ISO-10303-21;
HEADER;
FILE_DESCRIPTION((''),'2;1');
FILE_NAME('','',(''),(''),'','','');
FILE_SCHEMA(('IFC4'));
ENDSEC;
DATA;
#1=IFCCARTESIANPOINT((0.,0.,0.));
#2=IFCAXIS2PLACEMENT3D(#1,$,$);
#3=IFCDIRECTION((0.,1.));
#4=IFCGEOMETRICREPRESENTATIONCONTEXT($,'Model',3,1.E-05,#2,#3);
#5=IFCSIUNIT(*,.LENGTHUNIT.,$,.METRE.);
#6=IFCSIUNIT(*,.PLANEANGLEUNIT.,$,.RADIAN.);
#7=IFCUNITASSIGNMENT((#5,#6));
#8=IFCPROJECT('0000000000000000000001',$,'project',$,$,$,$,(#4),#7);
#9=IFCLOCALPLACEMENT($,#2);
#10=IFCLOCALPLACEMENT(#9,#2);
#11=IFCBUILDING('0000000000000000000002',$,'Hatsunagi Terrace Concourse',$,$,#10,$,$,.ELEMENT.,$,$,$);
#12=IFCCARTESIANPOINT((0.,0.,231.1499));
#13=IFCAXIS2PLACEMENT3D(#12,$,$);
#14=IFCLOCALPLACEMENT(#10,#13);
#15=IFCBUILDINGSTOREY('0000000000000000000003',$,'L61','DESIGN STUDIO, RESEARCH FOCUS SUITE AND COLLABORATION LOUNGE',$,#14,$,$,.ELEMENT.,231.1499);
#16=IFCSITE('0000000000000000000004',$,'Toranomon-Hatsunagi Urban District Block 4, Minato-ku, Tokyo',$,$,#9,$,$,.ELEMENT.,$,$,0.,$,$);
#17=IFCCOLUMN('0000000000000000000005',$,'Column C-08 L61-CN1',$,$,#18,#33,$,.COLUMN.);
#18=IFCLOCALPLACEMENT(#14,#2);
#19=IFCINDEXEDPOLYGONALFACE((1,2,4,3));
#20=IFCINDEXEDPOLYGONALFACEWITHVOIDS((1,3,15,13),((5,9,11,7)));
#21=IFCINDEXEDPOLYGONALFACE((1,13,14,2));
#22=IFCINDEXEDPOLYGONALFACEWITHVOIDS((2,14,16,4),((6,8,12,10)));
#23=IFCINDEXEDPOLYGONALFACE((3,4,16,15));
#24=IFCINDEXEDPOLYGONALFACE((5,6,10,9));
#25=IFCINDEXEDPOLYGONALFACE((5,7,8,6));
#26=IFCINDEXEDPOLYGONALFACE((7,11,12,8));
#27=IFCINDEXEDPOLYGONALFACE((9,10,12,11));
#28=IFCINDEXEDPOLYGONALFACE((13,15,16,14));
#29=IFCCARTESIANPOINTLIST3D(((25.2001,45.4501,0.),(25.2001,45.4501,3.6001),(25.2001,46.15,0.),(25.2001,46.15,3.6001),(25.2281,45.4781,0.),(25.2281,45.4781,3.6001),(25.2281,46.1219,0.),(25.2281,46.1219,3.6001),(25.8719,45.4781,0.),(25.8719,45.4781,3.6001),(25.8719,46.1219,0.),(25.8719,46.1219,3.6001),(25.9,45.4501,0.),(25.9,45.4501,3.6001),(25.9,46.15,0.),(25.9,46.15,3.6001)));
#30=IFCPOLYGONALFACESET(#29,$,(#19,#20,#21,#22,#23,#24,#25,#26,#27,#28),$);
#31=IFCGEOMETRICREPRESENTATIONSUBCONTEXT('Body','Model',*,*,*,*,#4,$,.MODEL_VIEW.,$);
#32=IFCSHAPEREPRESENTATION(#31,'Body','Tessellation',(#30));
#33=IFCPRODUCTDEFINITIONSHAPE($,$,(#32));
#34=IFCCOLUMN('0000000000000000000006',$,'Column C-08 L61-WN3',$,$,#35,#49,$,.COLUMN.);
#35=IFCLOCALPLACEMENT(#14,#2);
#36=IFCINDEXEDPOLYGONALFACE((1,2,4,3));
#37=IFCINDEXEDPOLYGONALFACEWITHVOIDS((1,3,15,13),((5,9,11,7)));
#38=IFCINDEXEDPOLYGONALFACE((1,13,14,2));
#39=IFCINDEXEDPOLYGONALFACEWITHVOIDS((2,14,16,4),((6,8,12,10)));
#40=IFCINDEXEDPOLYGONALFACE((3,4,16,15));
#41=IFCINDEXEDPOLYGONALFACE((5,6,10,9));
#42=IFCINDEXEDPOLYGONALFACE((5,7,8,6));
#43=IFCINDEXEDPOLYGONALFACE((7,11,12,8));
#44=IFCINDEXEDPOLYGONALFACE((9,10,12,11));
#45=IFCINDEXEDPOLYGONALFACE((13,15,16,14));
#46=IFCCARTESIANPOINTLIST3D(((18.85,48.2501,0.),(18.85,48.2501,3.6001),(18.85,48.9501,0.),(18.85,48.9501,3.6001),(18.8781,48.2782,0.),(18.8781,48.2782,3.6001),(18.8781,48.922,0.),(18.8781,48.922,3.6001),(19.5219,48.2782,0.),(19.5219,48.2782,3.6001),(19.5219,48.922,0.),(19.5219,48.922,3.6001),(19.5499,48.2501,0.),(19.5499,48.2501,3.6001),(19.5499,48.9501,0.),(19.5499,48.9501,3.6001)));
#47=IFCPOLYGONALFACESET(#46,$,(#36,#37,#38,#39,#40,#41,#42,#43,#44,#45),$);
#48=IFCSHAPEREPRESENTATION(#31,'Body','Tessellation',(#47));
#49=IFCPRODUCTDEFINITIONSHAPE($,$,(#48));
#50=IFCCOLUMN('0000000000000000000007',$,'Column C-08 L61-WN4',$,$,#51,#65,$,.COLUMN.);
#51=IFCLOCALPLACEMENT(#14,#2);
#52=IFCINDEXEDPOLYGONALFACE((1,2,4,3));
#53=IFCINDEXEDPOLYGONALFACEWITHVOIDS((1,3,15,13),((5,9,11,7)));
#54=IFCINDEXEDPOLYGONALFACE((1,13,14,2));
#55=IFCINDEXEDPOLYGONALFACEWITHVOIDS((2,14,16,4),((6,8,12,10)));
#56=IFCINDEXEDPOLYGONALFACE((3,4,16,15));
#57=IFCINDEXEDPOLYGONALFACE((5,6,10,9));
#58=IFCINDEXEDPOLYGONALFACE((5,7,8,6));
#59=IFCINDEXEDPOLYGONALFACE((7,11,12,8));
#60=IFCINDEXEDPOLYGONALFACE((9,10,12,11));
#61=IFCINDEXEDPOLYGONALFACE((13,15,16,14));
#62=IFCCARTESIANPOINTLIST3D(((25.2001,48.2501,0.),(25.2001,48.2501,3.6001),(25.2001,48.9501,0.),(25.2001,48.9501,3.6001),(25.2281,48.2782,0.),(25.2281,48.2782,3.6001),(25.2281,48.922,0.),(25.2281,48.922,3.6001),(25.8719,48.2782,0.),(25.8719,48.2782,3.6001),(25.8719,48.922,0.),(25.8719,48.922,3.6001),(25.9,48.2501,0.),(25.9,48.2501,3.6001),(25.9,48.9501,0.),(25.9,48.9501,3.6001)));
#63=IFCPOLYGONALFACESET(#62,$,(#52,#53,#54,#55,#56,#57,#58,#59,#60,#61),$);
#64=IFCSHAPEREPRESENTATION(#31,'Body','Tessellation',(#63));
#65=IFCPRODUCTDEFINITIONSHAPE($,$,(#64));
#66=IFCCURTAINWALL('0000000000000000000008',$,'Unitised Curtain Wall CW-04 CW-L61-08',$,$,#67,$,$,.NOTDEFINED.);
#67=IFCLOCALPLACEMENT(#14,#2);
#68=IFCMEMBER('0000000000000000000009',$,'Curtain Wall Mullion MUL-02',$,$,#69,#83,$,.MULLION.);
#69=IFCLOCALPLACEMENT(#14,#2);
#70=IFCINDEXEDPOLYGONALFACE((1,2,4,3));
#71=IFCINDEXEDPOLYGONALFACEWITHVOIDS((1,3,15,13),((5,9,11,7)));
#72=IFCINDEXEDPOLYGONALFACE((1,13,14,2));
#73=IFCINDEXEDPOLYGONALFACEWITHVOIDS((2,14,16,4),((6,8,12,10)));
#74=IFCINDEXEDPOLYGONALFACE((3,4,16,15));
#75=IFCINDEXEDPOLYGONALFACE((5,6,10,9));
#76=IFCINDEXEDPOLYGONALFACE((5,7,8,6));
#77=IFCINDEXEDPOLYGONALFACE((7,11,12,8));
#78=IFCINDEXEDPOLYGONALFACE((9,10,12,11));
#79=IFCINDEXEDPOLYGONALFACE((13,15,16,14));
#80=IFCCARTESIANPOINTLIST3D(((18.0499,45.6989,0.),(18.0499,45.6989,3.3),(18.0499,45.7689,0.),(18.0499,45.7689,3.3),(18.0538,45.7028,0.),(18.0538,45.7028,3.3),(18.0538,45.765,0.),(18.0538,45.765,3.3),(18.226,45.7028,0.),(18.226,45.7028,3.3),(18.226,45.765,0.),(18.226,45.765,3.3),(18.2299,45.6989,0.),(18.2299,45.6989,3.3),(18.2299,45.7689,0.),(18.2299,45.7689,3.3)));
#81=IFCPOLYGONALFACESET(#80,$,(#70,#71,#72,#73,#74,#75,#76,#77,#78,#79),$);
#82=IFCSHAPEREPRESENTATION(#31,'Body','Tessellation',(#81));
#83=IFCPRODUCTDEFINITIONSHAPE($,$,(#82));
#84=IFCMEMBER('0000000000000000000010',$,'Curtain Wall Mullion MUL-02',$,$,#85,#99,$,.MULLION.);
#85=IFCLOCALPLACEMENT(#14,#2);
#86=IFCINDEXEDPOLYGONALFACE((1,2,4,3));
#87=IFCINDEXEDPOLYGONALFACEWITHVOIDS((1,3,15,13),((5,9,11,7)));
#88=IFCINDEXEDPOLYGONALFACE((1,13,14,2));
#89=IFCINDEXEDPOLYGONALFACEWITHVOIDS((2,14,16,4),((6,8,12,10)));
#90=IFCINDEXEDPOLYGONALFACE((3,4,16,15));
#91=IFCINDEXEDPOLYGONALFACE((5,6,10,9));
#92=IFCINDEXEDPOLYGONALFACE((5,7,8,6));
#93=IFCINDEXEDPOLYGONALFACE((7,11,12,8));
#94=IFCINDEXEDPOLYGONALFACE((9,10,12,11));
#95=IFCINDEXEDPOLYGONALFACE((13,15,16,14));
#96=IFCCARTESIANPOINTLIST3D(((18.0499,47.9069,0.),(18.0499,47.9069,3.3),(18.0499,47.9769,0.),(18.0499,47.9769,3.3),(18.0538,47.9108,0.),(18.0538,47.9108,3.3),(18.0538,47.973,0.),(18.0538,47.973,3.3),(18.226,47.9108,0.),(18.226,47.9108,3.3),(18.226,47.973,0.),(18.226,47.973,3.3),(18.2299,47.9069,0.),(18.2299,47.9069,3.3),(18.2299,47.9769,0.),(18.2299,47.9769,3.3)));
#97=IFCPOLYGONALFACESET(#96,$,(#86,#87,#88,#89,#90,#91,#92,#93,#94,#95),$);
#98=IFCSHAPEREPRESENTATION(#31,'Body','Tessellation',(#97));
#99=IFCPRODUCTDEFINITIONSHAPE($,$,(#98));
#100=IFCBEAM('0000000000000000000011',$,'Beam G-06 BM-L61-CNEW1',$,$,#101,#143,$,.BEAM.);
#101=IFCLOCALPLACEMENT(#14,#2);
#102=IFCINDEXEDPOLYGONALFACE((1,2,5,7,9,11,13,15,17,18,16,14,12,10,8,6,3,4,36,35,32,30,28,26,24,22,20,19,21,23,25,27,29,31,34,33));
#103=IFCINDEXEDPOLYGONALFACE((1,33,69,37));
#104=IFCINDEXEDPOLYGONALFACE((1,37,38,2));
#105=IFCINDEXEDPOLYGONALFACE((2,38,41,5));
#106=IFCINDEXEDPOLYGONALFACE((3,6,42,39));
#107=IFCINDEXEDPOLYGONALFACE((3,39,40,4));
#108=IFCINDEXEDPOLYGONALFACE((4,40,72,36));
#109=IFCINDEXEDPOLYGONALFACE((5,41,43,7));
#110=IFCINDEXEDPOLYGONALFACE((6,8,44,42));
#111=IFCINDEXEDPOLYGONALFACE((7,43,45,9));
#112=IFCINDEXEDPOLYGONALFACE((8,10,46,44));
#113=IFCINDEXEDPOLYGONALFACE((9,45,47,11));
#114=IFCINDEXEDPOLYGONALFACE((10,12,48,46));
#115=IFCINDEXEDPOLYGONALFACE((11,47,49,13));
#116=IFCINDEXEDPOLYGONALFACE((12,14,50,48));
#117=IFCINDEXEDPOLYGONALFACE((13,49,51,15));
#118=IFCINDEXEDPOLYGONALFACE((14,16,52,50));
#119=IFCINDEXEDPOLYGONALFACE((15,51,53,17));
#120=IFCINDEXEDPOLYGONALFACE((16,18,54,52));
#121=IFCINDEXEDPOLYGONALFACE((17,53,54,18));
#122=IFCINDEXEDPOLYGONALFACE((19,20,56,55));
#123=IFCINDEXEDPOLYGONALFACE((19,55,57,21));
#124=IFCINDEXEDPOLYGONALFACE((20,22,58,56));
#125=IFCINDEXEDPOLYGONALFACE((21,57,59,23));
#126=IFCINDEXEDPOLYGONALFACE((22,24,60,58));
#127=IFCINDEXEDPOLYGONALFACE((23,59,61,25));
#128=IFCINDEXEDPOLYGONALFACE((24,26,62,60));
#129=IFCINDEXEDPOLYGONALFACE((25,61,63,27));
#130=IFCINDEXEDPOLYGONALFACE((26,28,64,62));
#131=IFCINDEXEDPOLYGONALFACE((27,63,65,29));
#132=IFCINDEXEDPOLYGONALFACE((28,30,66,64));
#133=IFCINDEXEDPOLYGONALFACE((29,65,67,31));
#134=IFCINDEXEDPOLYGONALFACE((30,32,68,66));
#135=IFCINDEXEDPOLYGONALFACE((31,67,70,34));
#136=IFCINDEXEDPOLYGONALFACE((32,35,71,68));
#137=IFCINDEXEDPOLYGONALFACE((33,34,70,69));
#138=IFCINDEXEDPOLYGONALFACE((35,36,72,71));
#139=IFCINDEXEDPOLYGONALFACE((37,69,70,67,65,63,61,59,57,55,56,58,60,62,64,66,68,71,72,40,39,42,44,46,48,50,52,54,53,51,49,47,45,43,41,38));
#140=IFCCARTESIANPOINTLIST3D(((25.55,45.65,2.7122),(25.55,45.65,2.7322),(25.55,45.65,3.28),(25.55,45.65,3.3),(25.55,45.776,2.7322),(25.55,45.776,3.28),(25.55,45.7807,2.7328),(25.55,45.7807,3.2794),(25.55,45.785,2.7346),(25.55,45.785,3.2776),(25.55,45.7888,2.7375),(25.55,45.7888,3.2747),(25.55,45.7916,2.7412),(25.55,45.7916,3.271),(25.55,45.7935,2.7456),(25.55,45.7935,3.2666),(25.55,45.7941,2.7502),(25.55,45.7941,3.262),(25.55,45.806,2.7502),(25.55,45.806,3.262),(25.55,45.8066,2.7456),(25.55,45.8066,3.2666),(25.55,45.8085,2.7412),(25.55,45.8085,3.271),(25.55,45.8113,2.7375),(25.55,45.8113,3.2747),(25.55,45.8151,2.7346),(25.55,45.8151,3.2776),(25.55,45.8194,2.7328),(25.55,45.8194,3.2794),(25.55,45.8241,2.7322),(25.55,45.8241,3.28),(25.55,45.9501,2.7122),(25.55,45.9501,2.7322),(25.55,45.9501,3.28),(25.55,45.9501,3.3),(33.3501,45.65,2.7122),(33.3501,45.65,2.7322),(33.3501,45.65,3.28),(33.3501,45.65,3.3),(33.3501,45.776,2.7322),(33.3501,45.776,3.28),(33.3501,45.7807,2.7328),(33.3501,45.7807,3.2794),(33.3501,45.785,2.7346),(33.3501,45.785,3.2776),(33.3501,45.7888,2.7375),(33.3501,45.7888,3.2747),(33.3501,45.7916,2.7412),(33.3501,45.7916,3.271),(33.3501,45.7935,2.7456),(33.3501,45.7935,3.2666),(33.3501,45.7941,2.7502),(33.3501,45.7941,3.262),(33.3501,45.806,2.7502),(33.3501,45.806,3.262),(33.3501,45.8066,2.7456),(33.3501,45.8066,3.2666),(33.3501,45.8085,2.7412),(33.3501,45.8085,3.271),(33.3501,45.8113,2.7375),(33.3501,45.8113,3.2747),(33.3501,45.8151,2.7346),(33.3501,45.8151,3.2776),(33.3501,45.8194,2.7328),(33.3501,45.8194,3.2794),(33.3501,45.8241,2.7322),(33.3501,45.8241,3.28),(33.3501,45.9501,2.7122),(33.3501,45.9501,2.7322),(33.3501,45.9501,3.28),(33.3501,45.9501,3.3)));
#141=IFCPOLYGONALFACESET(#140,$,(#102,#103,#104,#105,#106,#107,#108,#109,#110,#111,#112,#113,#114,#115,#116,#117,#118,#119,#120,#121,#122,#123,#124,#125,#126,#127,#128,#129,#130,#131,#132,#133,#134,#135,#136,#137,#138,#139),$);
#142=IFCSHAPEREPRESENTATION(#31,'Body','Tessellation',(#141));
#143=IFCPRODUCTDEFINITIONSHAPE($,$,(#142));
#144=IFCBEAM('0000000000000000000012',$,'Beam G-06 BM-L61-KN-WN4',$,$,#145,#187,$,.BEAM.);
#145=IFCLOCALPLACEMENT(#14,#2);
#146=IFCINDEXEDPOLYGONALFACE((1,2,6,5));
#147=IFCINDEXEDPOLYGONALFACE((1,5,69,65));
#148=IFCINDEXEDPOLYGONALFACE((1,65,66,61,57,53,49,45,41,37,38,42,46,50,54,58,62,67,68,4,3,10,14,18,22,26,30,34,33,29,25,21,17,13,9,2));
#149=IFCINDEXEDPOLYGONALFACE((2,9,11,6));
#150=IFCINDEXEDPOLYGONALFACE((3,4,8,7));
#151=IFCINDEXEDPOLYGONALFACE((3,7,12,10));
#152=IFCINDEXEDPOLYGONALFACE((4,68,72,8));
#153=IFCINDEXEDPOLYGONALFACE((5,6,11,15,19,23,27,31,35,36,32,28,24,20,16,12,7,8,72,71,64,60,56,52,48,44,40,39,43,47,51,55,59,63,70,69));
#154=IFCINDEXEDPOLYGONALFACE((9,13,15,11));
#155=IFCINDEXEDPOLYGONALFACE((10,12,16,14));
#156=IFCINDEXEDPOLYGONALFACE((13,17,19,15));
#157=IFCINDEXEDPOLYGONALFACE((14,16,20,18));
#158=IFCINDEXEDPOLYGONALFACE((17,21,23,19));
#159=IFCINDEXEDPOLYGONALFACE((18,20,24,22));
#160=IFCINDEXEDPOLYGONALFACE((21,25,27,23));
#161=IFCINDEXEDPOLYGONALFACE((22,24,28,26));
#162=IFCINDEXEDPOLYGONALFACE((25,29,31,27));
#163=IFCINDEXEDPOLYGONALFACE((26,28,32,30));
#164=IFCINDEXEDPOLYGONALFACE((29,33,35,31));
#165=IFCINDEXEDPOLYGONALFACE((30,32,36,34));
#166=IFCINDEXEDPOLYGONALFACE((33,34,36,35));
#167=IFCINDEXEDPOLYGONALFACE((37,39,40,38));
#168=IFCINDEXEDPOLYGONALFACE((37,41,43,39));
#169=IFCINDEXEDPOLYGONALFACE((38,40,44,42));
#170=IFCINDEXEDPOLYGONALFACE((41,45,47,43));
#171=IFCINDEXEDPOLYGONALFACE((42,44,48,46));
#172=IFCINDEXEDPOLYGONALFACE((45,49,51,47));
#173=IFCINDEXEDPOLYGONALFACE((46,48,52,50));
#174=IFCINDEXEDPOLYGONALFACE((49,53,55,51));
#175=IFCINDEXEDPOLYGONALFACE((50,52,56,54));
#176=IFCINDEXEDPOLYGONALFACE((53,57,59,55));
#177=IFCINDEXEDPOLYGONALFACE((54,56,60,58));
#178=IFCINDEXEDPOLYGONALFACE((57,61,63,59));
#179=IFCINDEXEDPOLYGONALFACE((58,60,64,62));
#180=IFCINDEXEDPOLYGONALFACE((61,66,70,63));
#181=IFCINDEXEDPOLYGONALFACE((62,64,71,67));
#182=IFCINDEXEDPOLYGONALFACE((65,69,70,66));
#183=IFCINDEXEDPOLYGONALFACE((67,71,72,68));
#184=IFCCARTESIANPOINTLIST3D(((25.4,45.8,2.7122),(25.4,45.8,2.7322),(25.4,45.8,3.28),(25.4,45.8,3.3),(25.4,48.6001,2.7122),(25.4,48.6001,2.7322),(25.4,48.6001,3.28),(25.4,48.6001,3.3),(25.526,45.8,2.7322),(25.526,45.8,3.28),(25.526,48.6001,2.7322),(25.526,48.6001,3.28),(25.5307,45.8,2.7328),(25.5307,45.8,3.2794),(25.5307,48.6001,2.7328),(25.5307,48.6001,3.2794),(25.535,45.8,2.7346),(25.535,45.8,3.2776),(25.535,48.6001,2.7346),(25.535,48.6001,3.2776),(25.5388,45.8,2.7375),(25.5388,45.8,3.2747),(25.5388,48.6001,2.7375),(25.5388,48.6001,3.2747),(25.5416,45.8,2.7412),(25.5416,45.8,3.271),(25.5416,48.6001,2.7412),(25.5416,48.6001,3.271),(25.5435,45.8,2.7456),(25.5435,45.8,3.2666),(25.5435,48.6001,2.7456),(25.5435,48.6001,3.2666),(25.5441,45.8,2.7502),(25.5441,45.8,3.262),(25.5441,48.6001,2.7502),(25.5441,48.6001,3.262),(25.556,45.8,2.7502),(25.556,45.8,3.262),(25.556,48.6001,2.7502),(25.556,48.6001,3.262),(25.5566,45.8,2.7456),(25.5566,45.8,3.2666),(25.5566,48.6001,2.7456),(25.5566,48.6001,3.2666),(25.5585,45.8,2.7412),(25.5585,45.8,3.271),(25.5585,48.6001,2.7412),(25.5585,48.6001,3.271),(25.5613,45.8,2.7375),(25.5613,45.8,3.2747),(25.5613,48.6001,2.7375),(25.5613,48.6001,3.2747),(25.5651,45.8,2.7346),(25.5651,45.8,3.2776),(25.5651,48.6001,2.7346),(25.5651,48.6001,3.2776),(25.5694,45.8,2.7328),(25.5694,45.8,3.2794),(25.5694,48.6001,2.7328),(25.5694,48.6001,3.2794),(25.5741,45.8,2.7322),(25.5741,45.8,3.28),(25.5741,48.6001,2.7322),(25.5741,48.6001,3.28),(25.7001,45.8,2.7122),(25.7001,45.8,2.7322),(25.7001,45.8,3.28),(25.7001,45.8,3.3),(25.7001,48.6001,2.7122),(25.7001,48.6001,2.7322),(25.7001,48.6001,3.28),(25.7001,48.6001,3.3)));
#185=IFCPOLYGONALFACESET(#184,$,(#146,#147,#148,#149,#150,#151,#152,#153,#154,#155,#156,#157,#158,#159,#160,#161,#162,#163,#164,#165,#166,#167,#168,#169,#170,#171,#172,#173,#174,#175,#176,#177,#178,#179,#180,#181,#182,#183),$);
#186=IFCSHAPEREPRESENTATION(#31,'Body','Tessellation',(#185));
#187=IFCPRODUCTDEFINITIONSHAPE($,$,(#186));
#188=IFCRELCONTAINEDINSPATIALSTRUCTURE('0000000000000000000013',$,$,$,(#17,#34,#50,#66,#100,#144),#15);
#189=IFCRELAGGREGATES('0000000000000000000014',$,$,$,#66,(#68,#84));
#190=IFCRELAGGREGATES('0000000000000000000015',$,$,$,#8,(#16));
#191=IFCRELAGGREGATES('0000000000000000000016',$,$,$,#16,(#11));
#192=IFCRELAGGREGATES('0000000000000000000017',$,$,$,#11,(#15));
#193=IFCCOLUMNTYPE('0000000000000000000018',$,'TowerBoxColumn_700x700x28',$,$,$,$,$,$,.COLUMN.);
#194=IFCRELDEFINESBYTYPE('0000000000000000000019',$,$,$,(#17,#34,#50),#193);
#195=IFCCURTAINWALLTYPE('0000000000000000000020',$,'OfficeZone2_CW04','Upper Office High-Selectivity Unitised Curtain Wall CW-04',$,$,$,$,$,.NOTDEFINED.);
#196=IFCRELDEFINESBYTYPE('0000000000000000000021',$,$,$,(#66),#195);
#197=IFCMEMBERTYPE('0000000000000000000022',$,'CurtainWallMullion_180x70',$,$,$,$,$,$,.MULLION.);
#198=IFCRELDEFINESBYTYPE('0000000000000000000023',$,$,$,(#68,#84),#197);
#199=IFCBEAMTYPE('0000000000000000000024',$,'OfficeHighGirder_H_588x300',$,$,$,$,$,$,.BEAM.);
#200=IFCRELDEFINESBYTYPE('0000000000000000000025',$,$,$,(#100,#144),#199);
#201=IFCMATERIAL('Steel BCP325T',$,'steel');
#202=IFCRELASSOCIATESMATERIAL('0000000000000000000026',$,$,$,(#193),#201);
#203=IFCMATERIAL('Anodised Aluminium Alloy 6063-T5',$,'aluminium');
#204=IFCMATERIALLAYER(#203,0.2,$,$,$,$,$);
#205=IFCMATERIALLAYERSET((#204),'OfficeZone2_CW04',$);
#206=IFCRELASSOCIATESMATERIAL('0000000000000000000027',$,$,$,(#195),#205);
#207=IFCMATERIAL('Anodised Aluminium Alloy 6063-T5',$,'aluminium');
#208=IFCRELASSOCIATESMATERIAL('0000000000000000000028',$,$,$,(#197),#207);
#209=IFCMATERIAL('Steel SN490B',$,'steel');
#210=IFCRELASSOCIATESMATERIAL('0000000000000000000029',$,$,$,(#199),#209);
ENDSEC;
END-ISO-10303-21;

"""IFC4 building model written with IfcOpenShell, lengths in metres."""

from ifc_helpers import new_model, si_unit, direction, frame, origin, origin_2d, place, context, subcontext, project, spatial, hollow_rectangle, i_section, extrude, material, layer, layer_set, material_profile, profile_set, type_object, element, aggregate, save


model = new_model("IFC4")

# Units and contexts
model_context = context("Model", 3, precision=1e-05, world=origin(), true_north=direction((0.0, 1.0)))
body_context = subcontext(model_context, "Body", "Model", "MODEL_VIEW")
ifc_project = project(units=[si_unit("LENGTHUNIT", "METRE"), si_unit("PLANEANGLEUNIT", "RADIAN")], contexts=[model_context])

# Site, building, storey
site_placement = place(None, origin())
site = spatial("IfcSite", under=ifc_project, at=site_placement, Name="Toranomon-Hatsunagi Urban District Block 4, Minato-ku, Tokyo", CompositionType="ELEMENT", RefElevation=0.0)
building_placement = place(site_placement, origin())
building = spatial("IfcBuilding", under=site, at=building_placement, Name="Hatsunagi Terrace Concourse", CompositionType="ELEMENT")
storey_placement = place(building_placement, frame((0.0, 0.0, 231.1499)))
storey = spatial("IfcBuildingStorey", under=building, at=storey_placement, Name="L61", Description="DESIGN STUDIO, RESEARCH FOCUS SUITE AND COLLABORATION LOUNGE", CompositionType="ELEMENT", Elevation=231.1499)

# Columns
ifc_material_1 = material(Name="Steel BCP325T", Category="steel")
ifc_material_profile_1 = material_profile(ifc_material_1, hollow_rectangle(XDim=0.7, YDim=0.7, WallThickness=0.0281, at=origin_2d()), Name="BCP-700x700x28")
ifc_profile_set_1 = profile_set([ifc_material_profile_1], Name="Steel BCP325T")
column_type = type_object("IfcColumnType", Name="TowerBoxColumn_700x700x28", PredefinedType="COLUMN", material=ifc_profile_set_1)
for number, where, z_axis, x_axis, name in (
    (1, (25.55, 45.8, 0.0), (0.0, 0.0, 1.0), (1.0, 0.0, 0.0), "Column C-08 L61-CN1"),
    (2, (19.2, 48.6001, 0.0), (0.0, 0.0, 1.0), (1.0, 0.0, 0.0), "Column C-08 L61-WN3"),
    (3, (25.55, 48.6001, 0.0), (0.0, 0.0, 1.0), (1.0, 0.0, 0.0), "Column C-08 L61-WN4"),
):
    element("IfcColumn", number, at=place(storey_placement, frame(where, z_axis=z_axis, x_axis=x_axis)), inside=storey, type_object=column_type, Name=name, PredefinedType="COLUMN", context=body_context, shape_type="SweptSolid", body=[
        extrude(hollow_rectangle(XDim=0.7, YDim=0.7, WallThickness=0.0281, at=origin_2d()), origin(), (0.0, 0.0, 1.0), 3.6001),
    ])

# Curtain wall, members
ifc_material_2 = material(Name="Anodised Aluminium Alloy 6063-T5", Category="aluminium")
ifc_layer_1 = layer(ifc_material_2, 0.2)
ifc_layer_set_1 = layer_set([ifc_layer_1], Name="OfficeZone2_CW04")
curtain_wall_type = type_object("IfcCurtainWallType", Name="OfficeZone2_CW04", Description="Upper Office High-Selectivity Unitised Curtain Wall CW-04", PredefinedType="NOTDEFINED", material=ifc_layer_set_1)
curtain_wall_placement = place(storey_placement, origin())
curtain_wall = element("IfcCurtainWall", 4, at=curtain_wall_placement, inside=storey, type_object=curtain_wall_type, Name="Unitised Curtain Wall CW-04 CW-L61-08", PredefinedType="NOTDEFINED")
ifc_material_3 = material(Name="Anodised Aluminium Alloy 6063-T5", Category="aluminium")
ifc_material_profile_2 = material_profile(ifc_material_3, hollow_rectangle(XDim=0.0701, YDim=0.1799, WallThickness=0.0039, at=origin_2d()), Name="ALU-MUL-180x70x4")
ifc_profile_set_2 = profile_set([ifc_material_profile_2], Name="Anodised Aluminium Alloy 6063-T5")
member_type = type_object("IfcMemberType", Name="CurtainWallMullion_180x70", PredefinedType="MULLION", material=ifc_profile_set_2)
member_1_placement = place(storey_placement, frame((18.1399, 45.7339, 0.0), z_axis=(0.0, 0.0, 1.0), x_axis=(0.0, 1.0, 0.0)))
member_1 = element("IfcMember", 5, at=member_1_placement, type_object=member_type, Name="Curtain Wall Mullion MUL-02", PredefinedType="MULLION", context=body_context, shape_type="SweptSolid", body=[
    extrude(hollow_rectangle(XDim=0.0701, YDim=0.1799, WallThickness=0.0039, at=origin_2d()), origin(), (0.0, 0.0, 1.0), 3.3),
])
member_2_placement = place(storey_placement, frame((18.1399, 47.9419, 0.0), z_axis=(0.0, 0.0, 1.0), x_axis=(0.0, 1.0, 0.0)))
member_2 = element("IfcMember", 6, at=member_2_placement, type_object=member_type, Name="Curtain Wall Mullion MUL-02", PredefinedType="MULLION", context=body_context, shape_type="SweptSolid", body=[
    extrude(hollow_rectangle(XDim=0.0701, YDim=0.1799, WallThickness=0.0039, at=origin_2d()), origin(), (0.0, 0.0, 1.0), 3.3),
])

# Beams
ifc_material_4 = material(Name="Steel SN490B", Category="steel")
ifc_material_profile_3 = material_profile(ifc_material_4, i_section(OverallWidth=0.3, OverallDepth=0.5879, WebThickness=0.012, FlangeThickness=0.02, FilletRadius=0.0181, at=origin_2d()), Name="H-588x300x12x20")
ifc_profile_set_3 = profile_set([ifc_material_profile_3], Name="Steel SN490B")
beam_type_1 = type_object("IfcBeamType", Name="OfficeHighGirder_H_588x300", PredefinedType="BEAM", material=ifc_profile_set_3)
beam_1_placement = place(storey_placement, frame((25.55, 45.8, 3.0061), z_axis=(1.0, 0.0, 0.0), x_axis=(0.0, 1.0, 0.0)))
element("IfcBeam", 7, at=beam_1_placement, inside=storey, type_object=beam_type_1, Name="Beam G-06 BM-L61-CNEW1", PredefinedType="BEAM", context=body_context, shape_type="SweptSolid", body=[
    extrude(i_section(OverallWidth=0.3, OverallDepth=0.5879, WebThickness=0.012, FlangeThickness=0.02, FilletRadius=0.0181, at=origin_2d()), origin(), (0.0, 0.0, 1.0), 7.8),
])
beam_2_placement = place(storey_placement, frame((25.55, 45.8, 3.0061), z_axis=(0.0, 1.0, 0.0), x_axis=(-1.0, 0.0, 0.0)))
element("IfcBeam", 8, at=beam_2_placement, inside=storey, type_object=beam_type_1, Name="Beam G-06 BM-L61-KN-WN4", PredefinedType="BEAM", context=body_context, shape_type="SweptSolid", body=[
    extrude(i_section(OverallWidth=0.3, OverallDepth=0.5879, WebThickness=0.012, FlangeThickness=0.02, FilletRadius=0.0181, at=origin_2d()), origin(), (0.0, 0.0, 1.0), 2.8),
])

aggregate(curtain_wall, [member_1, member_2])

save(model, "model.ifc")
